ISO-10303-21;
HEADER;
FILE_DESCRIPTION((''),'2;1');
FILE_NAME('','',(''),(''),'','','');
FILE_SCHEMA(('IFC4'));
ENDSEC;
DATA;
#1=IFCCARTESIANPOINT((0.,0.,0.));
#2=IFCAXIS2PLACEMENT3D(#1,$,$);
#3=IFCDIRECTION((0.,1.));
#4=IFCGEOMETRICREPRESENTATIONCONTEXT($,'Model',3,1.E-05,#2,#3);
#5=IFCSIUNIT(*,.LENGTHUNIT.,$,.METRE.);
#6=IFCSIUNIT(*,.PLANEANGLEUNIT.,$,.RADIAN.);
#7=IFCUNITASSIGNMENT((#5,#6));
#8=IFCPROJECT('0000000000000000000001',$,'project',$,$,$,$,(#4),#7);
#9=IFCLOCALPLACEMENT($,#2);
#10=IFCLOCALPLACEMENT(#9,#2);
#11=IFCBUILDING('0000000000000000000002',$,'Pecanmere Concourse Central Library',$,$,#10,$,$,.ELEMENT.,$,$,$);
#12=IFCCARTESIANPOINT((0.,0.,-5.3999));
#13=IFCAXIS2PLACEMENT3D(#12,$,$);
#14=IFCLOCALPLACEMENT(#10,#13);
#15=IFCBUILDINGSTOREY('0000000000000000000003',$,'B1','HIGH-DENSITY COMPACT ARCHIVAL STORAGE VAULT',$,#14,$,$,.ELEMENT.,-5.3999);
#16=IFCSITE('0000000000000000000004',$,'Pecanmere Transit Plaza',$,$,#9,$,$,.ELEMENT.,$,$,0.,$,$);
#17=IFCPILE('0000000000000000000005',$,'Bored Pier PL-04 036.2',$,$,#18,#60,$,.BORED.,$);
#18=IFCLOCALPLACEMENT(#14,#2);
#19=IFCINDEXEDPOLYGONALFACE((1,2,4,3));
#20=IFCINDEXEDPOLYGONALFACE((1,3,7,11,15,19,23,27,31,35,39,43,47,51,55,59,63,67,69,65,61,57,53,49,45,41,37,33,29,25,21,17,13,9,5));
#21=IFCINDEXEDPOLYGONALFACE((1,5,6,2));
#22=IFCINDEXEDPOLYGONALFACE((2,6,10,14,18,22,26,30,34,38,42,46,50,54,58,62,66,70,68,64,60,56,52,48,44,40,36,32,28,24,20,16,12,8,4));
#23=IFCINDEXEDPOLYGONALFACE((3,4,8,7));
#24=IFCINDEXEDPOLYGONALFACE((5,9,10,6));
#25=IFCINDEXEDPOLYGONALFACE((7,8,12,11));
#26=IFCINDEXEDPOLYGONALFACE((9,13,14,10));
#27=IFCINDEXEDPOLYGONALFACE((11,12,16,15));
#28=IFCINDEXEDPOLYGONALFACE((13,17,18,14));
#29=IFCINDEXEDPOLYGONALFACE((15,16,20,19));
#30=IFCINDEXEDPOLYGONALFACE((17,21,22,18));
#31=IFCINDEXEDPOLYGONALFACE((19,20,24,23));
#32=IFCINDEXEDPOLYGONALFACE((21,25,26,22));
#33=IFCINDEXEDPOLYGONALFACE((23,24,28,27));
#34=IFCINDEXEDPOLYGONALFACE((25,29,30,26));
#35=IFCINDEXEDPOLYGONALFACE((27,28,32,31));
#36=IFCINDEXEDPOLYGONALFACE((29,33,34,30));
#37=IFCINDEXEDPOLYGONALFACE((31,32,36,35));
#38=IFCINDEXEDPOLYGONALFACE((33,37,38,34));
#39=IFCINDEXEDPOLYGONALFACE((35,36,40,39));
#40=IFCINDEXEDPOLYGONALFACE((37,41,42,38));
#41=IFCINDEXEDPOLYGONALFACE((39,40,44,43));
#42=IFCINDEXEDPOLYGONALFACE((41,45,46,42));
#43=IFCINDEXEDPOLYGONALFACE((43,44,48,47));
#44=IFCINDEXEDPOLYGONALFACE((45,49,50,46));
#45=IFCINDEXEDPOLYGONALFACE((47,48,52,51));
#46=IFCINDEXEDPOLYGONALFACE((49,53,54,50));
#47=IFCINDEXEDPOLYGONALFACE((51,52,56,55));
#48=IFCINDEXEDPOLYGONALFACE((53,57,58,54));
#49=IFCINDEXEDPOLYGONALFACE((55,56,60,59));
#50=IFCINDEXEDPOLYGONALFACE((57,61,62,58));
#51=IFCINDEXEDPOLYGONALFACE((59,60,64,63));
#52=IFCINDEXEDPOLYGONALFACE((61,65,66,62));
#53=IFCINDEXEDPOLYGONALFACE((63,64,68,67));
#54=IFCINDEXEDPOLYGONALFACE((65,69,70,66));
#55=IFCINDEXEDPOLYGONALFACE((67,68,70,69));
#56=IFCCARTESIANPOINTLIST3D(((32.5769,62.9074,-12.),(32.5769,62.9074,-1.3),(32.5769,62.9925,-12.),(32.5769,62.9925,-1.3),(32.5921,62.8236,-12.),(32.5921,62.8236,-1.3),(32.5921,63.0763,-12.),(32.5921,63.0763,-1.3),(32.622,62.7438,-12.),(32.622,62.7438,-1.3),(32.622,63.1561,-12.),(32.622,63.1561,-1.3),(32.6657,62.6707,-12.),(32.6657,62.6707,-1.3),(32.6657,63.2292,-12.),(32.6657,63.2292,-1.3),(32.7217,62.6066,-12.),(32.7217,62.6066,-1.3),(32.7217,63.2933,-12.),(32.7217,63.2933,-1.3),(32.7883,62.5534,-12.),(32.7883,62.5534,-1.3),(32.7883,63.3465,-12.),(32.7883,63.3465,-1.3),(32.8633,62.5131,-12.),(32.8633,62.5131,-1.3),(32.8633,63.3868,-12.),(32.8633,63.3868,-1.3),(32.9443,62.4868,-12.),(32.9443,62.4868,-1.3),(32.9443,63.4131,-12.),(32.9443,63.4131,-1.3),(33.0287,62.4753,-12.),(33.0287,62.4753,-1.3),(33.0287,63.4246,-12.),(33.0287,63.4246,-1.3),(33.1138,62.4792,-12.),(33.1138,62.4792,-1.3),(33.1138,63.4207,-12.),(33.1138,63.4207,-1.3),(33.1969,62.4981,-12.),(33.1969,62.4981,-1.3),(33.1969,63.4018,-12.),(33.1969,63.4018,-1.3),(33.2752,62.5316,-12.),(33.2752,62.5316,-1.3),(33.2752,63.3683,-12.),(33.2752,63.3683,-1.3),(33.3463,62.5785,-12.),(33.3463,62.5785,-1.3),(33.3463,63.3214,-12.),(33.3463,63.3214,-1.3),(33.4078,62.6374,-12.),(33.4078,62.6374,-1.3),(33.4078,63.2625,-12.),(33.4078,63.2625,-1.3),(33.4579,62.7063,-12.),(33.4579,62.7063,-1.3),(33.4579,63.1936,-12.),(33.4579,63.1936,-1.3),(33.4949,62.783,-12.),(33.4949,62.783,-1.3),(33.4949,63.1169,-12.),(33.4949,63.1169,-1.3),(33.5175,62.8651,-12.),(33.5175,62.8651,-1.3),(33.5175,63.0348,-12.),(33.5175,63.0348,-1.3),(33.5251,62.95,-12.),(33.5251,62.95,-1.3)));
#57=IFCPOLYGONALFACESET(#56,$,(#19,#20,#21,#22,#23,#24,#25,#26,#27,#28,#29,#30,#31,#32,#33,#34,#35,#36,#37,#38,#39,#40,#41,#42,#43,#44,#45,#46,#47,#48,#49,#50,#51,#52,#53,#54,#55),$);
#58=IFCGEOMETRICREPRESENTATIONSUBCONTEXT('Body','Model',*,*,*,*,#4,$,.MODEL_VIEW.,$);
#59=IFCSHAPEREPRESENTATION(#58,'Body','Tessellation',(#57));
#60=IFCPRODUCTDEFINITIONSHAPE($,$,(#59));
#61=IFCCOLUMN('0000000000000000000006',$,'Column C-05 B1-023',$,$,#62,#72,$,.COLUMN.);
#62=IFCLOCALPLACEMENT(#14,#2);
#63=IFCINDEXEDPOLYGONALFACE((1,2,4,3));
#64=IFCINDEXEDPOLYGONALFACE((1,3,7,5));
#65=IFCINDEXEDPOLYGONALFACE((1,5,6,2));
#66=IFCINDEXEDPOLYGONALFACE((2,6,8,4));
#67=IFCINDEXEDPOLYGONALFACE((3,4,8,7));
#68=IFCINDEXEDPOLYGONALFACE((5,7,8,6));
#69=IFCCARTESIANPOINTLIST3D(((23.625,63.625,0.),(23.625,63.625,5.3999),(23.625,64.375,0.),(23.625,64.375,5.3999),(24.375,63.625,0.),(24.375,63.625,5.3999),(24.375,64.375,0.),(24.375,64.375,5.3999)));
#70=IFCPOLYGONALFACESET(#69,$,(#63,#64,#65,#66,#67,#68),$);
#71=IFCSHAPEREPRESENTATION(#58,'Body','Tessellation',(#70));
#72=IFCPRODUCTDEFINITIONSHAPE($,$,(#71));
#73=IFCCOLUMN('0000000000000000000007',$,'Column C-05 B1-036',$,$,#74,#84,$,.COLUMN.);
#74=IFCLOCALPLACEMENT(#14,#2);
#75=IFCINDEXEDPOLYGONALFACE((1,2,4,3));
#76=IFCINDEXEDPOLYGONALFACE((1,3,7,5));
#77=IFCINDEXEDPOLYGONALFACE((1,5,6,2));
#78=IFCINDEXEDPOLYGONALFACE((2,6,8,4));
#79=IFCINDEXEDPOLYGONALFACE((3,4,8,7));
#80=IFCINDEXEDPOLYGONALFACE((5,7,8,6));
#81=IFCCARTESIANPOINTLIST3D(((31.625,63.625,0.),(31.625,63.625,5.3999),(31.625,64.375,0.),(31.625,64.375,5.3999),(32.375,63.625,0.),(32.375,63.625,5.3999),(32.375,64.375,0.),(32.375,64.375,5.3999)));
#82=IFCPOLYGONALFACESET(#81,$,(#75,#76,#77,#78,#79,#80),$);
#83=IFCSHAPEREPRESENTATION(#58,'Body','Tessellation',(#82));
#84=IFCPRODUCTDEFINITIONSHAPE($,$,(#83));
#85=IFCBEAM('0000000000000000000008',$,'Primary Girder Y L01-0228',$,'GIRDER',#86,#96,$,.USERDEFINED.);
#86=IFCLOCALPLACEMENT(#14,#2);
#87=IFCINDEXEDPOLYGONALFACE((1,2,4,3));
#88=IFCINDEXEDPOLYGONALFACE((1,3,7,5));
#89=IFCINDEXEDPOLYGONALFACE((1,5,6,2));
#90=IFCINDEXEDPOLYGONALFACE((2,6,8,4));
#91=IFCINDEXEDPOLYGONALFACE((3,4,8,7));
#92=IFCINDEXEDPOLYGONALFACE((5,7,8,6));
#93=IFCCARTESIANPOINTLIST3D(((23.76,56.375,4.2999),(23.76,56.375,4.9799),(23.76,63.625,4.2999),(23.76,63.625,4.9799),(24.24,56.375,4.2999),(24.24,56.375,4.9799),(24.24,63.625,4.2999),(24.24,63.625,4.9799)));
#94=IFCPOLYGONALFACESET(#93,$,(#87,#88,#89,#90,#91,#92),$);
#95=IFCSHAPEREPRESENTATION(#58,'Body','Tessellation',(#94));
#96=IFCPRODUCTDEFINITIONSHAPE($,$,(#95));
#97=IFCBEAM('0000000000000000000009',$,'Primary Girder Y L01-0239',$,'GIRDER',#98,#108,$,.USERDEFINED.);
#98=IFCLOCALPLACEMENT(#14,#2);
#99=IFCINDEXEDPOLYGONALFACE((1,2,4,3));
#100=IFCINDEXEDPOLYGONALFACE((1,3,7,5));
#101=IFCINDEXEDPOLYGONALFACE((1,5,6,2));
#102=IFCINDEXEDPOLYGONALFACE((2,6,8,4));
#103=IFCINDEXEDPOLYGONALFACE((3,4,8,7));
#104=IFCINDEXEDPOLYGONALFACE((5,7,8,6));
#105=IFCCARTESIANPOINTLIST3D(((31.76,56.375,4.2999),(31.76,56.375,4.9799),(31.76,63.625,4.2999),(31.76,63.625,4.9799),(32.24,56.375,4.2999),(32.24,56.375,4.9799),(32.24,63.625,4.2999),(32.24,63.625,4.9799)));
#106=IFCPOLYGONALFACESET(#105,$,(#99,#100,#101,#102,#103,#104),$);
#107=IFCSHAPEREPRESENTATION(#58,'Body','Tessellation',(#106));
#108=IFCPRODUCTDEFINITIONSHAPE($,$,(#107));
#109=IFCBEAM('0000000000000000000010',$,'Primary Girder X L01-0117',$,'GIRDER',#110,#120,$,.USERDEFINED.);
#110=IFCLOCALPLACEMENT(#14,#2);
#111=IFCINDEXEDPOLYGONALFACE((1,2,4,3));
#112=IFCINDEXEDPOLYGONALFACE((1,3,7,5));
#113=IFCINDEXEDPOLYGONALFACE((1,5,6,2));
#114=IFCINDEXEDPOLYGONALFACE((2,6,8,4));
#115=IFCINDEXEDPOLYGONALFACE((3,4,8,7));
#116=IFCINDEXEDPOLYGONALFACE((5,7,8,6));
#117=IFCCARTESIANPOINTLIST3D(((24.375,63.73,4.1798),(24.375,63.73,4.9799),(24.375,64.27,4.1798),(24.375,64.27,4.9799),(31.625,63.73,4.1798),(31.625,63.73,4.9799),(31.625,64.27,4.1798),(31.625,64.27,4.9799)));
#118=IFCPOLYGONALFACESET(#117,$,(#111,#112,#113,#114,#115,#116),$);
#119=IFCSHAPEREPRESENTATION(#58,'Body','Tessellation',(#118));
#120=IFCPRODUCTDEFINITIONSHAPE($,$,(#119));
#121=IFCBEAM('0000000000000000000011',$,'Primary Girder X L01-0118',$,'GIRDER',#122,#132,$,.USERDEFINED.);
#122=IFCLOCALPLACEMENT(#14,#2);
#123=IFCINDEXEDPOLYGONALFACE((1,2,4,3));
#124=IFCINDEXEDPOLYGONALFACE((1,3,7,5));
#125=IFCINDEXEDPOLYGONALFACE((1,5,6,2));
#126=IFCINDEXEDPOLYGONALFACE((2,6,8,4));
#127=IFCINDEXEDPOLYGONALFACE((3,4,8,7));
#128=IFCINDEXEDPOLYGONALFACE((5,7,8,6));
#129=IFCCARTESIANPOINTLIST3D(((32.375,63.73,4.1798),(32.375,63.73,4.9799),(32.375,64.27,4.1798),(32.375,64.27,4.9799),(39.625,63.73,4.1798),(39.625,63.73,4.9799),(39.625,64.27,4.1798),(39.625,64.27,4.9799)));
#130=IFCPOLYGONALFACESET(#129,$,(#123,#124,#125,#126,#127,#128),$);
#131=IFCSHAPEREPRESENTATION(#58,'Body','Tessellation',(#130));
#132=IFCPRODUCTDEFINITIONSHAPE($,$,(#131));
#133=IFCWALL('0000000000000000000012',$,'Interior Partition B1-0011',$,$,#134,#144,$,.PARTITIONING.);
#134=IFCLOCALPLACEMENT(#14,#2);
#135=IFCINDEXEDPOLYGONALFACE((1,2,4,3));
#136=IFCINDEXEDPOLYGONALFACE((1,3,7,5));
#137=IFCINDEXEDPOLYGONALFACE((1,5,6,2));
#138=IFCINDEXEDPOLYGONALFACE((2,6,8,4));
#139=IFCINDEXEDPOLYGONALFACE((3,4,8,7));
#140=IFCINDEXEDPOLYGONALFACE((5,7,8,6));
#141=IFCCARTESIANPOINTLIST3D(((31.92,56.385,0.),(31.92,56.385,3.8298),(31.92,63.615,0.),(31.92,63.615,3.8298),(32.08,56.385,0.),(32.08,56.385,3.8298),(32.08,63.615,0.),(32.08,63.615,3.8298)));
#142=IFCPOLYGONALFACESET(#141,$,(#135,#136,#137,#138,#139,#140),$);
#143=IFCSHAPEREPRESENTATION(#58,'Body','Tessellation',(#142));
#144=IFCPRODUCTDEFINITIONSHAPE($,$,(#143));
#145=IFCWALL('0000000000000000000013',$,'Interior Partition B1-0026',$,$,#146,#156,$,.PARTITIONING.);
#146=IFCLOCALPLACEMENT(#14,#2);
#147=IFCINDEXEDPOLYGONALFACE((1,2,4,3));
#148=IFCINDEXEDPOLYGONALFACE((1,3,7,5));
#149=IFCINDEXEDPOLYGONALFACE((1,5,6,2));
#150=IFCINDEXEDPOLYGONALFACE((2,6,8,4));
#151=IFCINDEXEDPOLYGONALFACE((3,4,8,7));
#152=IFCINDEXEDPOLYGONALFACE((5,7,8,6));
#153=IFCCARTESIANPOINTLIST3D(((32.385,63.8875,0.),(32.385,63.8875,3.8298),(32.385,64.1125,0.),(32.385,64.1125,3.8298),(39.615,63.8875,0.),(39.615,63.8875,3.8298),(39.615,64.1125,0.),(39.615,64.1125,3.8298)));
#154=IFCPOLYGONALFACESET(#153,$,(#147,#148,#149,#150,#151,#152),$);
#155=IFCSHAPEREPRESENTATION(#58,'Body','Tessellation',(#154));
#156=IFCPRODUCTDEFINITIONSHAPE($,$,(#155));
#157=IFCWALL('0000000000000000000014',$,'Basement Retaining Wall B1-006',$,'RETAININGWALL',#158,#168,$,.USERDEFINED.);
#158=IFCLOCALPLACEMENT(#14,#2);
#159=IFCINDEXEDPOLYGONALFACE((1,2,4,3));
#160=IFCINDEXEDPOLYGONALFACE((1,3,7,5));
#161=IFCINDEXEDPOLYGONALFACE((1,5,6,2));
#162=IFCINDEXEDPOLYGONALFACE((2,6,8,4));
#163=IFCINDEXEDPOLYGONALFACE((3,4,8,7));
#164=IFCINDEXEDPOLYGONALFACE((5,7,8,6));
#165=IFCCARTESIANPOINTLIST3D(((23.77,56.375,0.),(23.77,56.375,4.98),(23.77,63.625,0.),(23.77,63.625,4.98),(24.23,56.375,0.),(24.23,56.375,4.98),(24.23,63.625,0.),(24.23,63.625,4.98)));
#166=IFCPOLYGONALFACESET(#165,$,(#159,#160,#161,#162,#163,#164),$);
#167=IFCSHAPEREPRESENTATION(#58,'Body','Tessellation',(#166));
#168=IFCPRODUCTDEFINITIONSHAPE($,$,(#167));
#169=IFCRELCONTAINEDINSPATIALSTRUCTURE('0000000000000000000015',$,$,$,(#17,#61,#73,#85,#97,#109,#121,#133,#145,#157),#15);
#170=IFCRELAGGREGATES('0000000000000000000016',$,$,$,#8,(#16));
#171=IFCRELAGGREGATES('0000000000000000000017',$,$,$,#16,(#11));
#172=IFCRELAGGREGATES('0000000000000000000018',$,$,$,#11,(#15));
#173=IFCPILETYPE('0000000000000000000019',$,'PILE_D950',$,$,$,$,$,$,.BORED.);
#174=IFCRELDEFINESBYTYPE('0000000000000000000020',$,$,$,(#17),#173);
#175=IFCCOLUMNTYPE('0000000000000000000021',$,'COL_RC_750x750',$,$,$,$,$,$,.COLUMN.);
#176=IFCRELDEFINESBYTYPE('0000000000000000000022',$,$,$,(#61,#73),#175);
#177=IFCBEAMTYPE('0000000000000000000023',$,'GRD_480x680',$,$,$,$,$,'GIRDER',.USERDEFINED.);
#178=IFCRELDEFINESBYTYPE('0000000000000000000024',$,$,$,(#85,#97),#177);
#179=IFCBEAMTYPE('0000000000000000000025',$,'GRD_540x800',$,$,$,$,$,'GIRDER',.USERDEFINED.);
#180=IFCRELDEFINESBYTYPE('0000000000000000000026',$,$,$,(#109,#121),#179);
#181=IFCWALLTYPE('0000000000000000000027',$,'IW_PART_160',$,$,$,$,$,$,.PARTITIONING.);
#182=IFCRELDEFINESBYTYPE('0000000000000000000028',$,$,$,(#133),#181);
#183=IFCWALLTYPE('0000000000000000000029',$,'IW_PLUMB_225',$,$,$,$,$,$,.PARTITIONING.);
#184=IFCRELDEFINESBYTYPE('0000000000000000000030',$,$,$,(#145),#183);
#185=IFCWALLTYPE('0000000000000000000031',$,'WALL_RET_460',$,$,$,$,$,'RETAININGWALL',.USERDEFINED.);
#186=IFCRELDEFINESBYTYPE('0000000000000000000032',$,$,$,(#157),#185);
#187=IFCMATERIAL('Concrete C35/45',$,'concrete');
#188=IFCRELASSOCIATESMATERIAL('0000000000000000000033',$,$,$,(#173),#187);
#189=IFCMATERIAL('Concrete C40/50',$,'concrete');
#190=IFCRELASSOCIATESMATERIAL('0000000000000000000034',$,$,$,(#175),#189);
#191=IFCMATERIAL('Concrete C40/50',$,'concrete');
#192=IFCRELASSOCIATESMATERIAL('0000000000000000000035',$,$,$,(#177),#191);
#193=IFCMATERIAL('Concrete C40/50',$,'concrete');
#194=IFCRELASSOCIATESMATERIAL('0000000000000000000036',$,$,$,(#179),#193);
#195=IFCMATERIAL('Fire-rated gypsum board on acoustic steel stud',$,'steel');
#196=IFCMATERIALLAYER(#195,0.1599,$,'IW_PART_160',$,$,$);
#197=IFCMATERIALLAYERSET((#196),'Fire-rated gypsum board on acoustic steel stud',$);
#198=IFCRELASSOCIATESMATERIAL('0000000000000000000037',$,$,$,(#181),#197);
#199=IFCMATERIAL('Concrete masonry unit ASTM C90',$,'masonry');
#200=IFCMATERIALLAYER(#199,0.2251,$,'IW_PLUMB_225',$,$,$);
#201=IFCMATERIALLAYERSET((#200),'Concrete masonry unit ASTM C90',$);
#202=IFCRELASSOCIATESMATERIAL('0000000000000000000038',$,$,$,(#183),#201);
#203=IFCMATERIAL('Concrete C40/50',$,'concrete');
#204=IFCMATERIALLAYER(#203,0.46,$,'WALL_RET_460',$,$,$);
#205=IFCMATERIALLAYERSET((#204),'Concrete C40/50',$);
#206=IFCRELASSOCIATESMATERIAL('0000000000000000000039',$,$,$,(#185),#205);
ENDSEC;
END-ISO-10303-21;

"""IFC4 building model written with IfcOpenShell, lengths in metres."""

from ifc_helpers import new_model, si_unit, direction, frame, frame_2d, origin, origin_2d, place, context, subcontext, project, spatial, rectangle, circle, extrude, material, layer, layer_set, material_profile, profile_set, type_object, element, save


model = new_model("IFC4")

# Units and contexts
model_context = context("Model", 3, precision=1e-05, world=origin(), true_north=direction((0.0, 1.0)))
body_context = subcontext(model_context, "Body", "Model", "MODEL_VIEW")
ifc_project = project(units=[si_unit("LENGTHUNIT", "METRE"), si_unit("PLANEANGLEUNIT", "RADIAN")], contexts=[model_context])

# Site, building, storey
site_placement = place(None, origin())
site = spatial("IfcSite", under=ifc_project, at=site_placement, Name="Pecanmere Transit Plaza", CompositionType="ELEMENT", RefElevation=0.0)
building_placement = place(site_placement, origin())
building = spatial("IfcBuilding", under=site, at=building_placement, Name="Pecanmere Concourse Central Library", CompositionType="ELEMENT")
storey_placement = place(building_placement, frame((0.0, 0.0, -5.3999)))
storey = spatial("IfcBuildingStorey", under=building, at=storey_placement, Name="B1", Description="HIGH-DENSITY COMPACT ARCHIVAL STORAGE VAULT", CompositionType="ELEMENT", Elevation=-5.3999)

# Pile
ifc_material_1 = material(Name="Concrete C35/45", Category="concrete")
ifc_material_profile_1 = material_profile(ifc_material_1, circle(Radius=0.4751, at=origin_2d()), Name="PIER D950")
ifc_profile_set_1 = profile_set([ifc_material_profile_1], Name="Concrete C35/45")
pile_type = type_object("IfcPileType", Name="PILE_D950", PredefinedType="BORED", material=ifc_profile_set_1)
for number, where, z_axis, x_axis, name in (
    (1, (33.05, 62.95, -1.3), (0.0, 0.0, -1.0), (1.0, 0.0, 0.0), "Bored Pier PL-04 036.2"),
):
    element("IfcPile", number, at=place(storey_placement, frame(where, z_axis=z_axis, x_axis=x_axis)), inside=storey, type_object=pile_type, Name=name, PredefinedType="BORED", context=body_context, shape_type="SweptSolid", body=[
        extrude(circle(Radius=0.4751, at=origin_2d()), origin(), (0.0, 0.0, 1.0), 10.7),
    ])

# Columns
ifc_material_2 = material(Name="Concrete C40/50", Category="concrete")
ifc_material_profile_2 = material_profile(ifc_material_2, rectangle(XDim=0.75, YDim=0.75, at=origin_2d()), Name="RC 750x750")
ifc_profile_set_2 = profile_set([ifc_material_profile_2], Name="Concrete C40/50")
column_type = type_object("IfcColumnType", Name="COL_RC_750x750", PredefinedType="COLUMN", material=ifc_profile_set_2)
for number, where, z_axis, x_axis, name in (
    (2, (24.0, 64.0, 0.0), (0.0, 0.0, 1.0), (1.0, 0.0, 0.0), "Column C-05 B1-023"),
    (3, (32.0, 64.0, 0.0), (0.0, 0.0, 1.0), (1.0, 0.0, 0.0), "Column C-05 B1-036"),
):
    element("IfcColumn", number, at=place(storey_placement, frame(where, z_axis=z_axis, x_axis=x_axis)), inside=storey, type_object=column_type, Name=name, PredefinedType="COLUMN", context=body_context, shape_type="SweptSolid", body=[
        extrude(rectangle(XDim=0.75, YDim=0.75, at=origin_2d()), origin(), (0.0, 0.0, 1.0), 5.3999),
    ])

# Beams
ifc_material_3 = material(Name="Concrete C40/50", Category="concrete")
ifc_material_profile_3 = material_profile(ifc_material_3, rectangle(XDim=0.48, YDim=0.6799, at=origin_2d()), Name="RC 480x680")
ifc_profile_set_3 = profile_set([ifc_material_profile_3], Name="Concrete C40/50")
beam_type_1 = type_object("IfcBeamType", Name="GRD_480x680", ElementType="GIRDER", PredefinedType="USERDEFINED", material=ifc_profile_set_3)
for number, where, z_axis, x_axis, name in (
    (4, (24.0, 56.375, 4.6399), (0.0, 1.0, 0.0), (-1.0, 0.0, 0.0), "Primary Girder Y L01-0228"),
    (5, (32.0, 56.375, 4.6399), (0.0, 1.0, 0.0), (-1.0, 0.0, 0.0), "Primary Girder Y L01-0239"),
):
    element("IfcBeam", number, at=place(storey_placement, frame(where, z_axis=z_axis, x_axis=x_axis)), inside=storey, type_object=beam_type_1, Name=name, ObjectType="GIRDER", PredefinedType="USERDEFINED", context=body_context, shape_type="SweptSolid", body=[
        extrude(rectangle(XDim=0.48, YDim=0.6799, at=origin_2d()), origin(), (0.0, 0.0, 1.0), 7.25),
    ])
ifc_material_4 = material(Name="Concrete C40/50", Category="concrete")
ifc_material_profile_4 = material_profile(ifc_material_4, rectangle(XDim=0.54, YDim=0.8, at=origin_2d()), Name="RC 540x800")
ifc_profile_set_4 = profile_set([ifc_material_profile_4], Name="Concrete C40/50")
beam_type_2 = type_object("IfcBeamType", Name="GRD_540x800", ElementType="GIRDER", PredefinedType="USERDEFINED", material=ifc_profile_set_4)
for number, where, z_axis, x_axis, name in (
    (6, (24.375, 64.0, 4.5798), (1.0, 0.0, 0.0), (0.0, 1.0, 0.0), "Primary Girder X L01-0117"),
    (7, (32.375, 64.0, 4.5798), (1.0, 0.0, 0.0), (0.0, 1.0, 0.0), "Primary Girder X L01-0118"),
):
    element("IfcBeam", number, at=place(storey_placement, frame(where, z_axis=z_axis, x_axis=x_axis)), inside=storey, type_object=beam_type_2, Name=name, ObjectType="GIRDER", PredefinedType="USERDEFINED", context=body_context, shape_type="SweptSolid", body=[
        extrude(rectangle(XDim=0.54, YDim=0.8, at=origin_2d()), origin(), (0.0, 0.0, 1.0), 7.25),
    ])

# Walls
ifc_material_5 = material(Name="Fire-rated gypsum board on acoustic steel stud", Category="steel")
ifc_layer_1 = layer(ifc_material_5, 0.1599, Name="IW_PART_160")
ifc_layer_set_1 = layer_set([ifc_layer_1], Name="Fire-rated gypsum board on acoustic steel stud")
wall_type_1 = type_object("IfcWallType", Name="IW_PART_160", PredefinedType="PARTITIONING", material=ifc_layer_set_1)
wall_1_placement = place(storey_placement, frame((32.0, 56.385, 0.0), z_axis=(0.0, 0.0, 1.0), x_axis=(0.0, 1.0, 0.0)))
element("IfcWall", 8, at=wall_1_placement, inside=storey, type_object=wall_type_1, Name="Interior Partition B1-0011", PredefinedType="PARTITIONING", context=body_context, shape_type="SweptSolid", body=[
    extrude(rectangle(XDim=7.23, YDim=0.1599, at=frame_2d((3.615, 0.0))), origin(), (0.0, 0.0, 1.0), 3.8298),
])
ifc_material_6 = material(Name="Concrete masonry unit ASTM C90", Category="masonry")
ifc_layer_2 = layer(ifc_material_6, 0.2251, Name="IW_PLUMB_225")
ifc_layer_set_2 = layer_set([ifc_layer_2], Name="Concrete masonry unit ASTM C90")
wall_type_2 = type_object("IfcWallType", Name="IW_PLUMB_225", PredefinedType="PARTITIONING", material=ifc_layer_set_2)
wall_2_placement = place(storey_placement, frame((32.385, 64.0, 0.0), z_axis=(0.0, 0.0, 1.0), x_axis=(1.0, 0.0, 0.0)))
element("IfcWall", 9, at=wall_2_placement, inside=storey, type_object=wall_type_2, Name="Interior Partition B1-0026", PredefinedType="PARTITIONING", context=body_context, shape_type="SweptSolid", body=[
    extrude(rectangle(XDim=7.23, YDim=0.2251, at=frame_2d((3.615, 0.0))), origin(), (0.0, 0.0, 1.0), 3.8298),
])
ifc_material_7 = material(Name="Concrete C40/50", Category="concrete")
ifc_layer_3 = layer(ifc_material_7, 0.46, Name="WALL_RET_460")
ifc_layer_set_3 = layer_set([ifc_layer_3], Name="Concrete C40/50")
wall_type_3 = type_object("IfcWallType", Name="WALL_RET_460", ElementType="RETAININGWALL", PredefinedType="USERDEFINED", material=ifc_layer_set_3)
wall_3_placement = place(storey_placement, frame((24.0, 56.375, 0.0), z_axis=(0.0, 0.0, 1.0), x_axis=(0.0, 1.0, 0.0)))
element("IfcWall", 10, at=wall_3_placement, inside=storey, type_object=wall_type_3, Name="Basement Retaining Wall B1-006", ObjectType="RETAININGWALL", PredefinedType="USERDEFINED", context=body_context, shape_type="SweptSolid", body=[
    extrude(rectangle(XDim=7.25, YDim=0.46, at=frame_2d((3.625, 0.0))), origin(), (0.0, 0.0, 1.0), 4.98),
])

save(model, "model.ifc")
